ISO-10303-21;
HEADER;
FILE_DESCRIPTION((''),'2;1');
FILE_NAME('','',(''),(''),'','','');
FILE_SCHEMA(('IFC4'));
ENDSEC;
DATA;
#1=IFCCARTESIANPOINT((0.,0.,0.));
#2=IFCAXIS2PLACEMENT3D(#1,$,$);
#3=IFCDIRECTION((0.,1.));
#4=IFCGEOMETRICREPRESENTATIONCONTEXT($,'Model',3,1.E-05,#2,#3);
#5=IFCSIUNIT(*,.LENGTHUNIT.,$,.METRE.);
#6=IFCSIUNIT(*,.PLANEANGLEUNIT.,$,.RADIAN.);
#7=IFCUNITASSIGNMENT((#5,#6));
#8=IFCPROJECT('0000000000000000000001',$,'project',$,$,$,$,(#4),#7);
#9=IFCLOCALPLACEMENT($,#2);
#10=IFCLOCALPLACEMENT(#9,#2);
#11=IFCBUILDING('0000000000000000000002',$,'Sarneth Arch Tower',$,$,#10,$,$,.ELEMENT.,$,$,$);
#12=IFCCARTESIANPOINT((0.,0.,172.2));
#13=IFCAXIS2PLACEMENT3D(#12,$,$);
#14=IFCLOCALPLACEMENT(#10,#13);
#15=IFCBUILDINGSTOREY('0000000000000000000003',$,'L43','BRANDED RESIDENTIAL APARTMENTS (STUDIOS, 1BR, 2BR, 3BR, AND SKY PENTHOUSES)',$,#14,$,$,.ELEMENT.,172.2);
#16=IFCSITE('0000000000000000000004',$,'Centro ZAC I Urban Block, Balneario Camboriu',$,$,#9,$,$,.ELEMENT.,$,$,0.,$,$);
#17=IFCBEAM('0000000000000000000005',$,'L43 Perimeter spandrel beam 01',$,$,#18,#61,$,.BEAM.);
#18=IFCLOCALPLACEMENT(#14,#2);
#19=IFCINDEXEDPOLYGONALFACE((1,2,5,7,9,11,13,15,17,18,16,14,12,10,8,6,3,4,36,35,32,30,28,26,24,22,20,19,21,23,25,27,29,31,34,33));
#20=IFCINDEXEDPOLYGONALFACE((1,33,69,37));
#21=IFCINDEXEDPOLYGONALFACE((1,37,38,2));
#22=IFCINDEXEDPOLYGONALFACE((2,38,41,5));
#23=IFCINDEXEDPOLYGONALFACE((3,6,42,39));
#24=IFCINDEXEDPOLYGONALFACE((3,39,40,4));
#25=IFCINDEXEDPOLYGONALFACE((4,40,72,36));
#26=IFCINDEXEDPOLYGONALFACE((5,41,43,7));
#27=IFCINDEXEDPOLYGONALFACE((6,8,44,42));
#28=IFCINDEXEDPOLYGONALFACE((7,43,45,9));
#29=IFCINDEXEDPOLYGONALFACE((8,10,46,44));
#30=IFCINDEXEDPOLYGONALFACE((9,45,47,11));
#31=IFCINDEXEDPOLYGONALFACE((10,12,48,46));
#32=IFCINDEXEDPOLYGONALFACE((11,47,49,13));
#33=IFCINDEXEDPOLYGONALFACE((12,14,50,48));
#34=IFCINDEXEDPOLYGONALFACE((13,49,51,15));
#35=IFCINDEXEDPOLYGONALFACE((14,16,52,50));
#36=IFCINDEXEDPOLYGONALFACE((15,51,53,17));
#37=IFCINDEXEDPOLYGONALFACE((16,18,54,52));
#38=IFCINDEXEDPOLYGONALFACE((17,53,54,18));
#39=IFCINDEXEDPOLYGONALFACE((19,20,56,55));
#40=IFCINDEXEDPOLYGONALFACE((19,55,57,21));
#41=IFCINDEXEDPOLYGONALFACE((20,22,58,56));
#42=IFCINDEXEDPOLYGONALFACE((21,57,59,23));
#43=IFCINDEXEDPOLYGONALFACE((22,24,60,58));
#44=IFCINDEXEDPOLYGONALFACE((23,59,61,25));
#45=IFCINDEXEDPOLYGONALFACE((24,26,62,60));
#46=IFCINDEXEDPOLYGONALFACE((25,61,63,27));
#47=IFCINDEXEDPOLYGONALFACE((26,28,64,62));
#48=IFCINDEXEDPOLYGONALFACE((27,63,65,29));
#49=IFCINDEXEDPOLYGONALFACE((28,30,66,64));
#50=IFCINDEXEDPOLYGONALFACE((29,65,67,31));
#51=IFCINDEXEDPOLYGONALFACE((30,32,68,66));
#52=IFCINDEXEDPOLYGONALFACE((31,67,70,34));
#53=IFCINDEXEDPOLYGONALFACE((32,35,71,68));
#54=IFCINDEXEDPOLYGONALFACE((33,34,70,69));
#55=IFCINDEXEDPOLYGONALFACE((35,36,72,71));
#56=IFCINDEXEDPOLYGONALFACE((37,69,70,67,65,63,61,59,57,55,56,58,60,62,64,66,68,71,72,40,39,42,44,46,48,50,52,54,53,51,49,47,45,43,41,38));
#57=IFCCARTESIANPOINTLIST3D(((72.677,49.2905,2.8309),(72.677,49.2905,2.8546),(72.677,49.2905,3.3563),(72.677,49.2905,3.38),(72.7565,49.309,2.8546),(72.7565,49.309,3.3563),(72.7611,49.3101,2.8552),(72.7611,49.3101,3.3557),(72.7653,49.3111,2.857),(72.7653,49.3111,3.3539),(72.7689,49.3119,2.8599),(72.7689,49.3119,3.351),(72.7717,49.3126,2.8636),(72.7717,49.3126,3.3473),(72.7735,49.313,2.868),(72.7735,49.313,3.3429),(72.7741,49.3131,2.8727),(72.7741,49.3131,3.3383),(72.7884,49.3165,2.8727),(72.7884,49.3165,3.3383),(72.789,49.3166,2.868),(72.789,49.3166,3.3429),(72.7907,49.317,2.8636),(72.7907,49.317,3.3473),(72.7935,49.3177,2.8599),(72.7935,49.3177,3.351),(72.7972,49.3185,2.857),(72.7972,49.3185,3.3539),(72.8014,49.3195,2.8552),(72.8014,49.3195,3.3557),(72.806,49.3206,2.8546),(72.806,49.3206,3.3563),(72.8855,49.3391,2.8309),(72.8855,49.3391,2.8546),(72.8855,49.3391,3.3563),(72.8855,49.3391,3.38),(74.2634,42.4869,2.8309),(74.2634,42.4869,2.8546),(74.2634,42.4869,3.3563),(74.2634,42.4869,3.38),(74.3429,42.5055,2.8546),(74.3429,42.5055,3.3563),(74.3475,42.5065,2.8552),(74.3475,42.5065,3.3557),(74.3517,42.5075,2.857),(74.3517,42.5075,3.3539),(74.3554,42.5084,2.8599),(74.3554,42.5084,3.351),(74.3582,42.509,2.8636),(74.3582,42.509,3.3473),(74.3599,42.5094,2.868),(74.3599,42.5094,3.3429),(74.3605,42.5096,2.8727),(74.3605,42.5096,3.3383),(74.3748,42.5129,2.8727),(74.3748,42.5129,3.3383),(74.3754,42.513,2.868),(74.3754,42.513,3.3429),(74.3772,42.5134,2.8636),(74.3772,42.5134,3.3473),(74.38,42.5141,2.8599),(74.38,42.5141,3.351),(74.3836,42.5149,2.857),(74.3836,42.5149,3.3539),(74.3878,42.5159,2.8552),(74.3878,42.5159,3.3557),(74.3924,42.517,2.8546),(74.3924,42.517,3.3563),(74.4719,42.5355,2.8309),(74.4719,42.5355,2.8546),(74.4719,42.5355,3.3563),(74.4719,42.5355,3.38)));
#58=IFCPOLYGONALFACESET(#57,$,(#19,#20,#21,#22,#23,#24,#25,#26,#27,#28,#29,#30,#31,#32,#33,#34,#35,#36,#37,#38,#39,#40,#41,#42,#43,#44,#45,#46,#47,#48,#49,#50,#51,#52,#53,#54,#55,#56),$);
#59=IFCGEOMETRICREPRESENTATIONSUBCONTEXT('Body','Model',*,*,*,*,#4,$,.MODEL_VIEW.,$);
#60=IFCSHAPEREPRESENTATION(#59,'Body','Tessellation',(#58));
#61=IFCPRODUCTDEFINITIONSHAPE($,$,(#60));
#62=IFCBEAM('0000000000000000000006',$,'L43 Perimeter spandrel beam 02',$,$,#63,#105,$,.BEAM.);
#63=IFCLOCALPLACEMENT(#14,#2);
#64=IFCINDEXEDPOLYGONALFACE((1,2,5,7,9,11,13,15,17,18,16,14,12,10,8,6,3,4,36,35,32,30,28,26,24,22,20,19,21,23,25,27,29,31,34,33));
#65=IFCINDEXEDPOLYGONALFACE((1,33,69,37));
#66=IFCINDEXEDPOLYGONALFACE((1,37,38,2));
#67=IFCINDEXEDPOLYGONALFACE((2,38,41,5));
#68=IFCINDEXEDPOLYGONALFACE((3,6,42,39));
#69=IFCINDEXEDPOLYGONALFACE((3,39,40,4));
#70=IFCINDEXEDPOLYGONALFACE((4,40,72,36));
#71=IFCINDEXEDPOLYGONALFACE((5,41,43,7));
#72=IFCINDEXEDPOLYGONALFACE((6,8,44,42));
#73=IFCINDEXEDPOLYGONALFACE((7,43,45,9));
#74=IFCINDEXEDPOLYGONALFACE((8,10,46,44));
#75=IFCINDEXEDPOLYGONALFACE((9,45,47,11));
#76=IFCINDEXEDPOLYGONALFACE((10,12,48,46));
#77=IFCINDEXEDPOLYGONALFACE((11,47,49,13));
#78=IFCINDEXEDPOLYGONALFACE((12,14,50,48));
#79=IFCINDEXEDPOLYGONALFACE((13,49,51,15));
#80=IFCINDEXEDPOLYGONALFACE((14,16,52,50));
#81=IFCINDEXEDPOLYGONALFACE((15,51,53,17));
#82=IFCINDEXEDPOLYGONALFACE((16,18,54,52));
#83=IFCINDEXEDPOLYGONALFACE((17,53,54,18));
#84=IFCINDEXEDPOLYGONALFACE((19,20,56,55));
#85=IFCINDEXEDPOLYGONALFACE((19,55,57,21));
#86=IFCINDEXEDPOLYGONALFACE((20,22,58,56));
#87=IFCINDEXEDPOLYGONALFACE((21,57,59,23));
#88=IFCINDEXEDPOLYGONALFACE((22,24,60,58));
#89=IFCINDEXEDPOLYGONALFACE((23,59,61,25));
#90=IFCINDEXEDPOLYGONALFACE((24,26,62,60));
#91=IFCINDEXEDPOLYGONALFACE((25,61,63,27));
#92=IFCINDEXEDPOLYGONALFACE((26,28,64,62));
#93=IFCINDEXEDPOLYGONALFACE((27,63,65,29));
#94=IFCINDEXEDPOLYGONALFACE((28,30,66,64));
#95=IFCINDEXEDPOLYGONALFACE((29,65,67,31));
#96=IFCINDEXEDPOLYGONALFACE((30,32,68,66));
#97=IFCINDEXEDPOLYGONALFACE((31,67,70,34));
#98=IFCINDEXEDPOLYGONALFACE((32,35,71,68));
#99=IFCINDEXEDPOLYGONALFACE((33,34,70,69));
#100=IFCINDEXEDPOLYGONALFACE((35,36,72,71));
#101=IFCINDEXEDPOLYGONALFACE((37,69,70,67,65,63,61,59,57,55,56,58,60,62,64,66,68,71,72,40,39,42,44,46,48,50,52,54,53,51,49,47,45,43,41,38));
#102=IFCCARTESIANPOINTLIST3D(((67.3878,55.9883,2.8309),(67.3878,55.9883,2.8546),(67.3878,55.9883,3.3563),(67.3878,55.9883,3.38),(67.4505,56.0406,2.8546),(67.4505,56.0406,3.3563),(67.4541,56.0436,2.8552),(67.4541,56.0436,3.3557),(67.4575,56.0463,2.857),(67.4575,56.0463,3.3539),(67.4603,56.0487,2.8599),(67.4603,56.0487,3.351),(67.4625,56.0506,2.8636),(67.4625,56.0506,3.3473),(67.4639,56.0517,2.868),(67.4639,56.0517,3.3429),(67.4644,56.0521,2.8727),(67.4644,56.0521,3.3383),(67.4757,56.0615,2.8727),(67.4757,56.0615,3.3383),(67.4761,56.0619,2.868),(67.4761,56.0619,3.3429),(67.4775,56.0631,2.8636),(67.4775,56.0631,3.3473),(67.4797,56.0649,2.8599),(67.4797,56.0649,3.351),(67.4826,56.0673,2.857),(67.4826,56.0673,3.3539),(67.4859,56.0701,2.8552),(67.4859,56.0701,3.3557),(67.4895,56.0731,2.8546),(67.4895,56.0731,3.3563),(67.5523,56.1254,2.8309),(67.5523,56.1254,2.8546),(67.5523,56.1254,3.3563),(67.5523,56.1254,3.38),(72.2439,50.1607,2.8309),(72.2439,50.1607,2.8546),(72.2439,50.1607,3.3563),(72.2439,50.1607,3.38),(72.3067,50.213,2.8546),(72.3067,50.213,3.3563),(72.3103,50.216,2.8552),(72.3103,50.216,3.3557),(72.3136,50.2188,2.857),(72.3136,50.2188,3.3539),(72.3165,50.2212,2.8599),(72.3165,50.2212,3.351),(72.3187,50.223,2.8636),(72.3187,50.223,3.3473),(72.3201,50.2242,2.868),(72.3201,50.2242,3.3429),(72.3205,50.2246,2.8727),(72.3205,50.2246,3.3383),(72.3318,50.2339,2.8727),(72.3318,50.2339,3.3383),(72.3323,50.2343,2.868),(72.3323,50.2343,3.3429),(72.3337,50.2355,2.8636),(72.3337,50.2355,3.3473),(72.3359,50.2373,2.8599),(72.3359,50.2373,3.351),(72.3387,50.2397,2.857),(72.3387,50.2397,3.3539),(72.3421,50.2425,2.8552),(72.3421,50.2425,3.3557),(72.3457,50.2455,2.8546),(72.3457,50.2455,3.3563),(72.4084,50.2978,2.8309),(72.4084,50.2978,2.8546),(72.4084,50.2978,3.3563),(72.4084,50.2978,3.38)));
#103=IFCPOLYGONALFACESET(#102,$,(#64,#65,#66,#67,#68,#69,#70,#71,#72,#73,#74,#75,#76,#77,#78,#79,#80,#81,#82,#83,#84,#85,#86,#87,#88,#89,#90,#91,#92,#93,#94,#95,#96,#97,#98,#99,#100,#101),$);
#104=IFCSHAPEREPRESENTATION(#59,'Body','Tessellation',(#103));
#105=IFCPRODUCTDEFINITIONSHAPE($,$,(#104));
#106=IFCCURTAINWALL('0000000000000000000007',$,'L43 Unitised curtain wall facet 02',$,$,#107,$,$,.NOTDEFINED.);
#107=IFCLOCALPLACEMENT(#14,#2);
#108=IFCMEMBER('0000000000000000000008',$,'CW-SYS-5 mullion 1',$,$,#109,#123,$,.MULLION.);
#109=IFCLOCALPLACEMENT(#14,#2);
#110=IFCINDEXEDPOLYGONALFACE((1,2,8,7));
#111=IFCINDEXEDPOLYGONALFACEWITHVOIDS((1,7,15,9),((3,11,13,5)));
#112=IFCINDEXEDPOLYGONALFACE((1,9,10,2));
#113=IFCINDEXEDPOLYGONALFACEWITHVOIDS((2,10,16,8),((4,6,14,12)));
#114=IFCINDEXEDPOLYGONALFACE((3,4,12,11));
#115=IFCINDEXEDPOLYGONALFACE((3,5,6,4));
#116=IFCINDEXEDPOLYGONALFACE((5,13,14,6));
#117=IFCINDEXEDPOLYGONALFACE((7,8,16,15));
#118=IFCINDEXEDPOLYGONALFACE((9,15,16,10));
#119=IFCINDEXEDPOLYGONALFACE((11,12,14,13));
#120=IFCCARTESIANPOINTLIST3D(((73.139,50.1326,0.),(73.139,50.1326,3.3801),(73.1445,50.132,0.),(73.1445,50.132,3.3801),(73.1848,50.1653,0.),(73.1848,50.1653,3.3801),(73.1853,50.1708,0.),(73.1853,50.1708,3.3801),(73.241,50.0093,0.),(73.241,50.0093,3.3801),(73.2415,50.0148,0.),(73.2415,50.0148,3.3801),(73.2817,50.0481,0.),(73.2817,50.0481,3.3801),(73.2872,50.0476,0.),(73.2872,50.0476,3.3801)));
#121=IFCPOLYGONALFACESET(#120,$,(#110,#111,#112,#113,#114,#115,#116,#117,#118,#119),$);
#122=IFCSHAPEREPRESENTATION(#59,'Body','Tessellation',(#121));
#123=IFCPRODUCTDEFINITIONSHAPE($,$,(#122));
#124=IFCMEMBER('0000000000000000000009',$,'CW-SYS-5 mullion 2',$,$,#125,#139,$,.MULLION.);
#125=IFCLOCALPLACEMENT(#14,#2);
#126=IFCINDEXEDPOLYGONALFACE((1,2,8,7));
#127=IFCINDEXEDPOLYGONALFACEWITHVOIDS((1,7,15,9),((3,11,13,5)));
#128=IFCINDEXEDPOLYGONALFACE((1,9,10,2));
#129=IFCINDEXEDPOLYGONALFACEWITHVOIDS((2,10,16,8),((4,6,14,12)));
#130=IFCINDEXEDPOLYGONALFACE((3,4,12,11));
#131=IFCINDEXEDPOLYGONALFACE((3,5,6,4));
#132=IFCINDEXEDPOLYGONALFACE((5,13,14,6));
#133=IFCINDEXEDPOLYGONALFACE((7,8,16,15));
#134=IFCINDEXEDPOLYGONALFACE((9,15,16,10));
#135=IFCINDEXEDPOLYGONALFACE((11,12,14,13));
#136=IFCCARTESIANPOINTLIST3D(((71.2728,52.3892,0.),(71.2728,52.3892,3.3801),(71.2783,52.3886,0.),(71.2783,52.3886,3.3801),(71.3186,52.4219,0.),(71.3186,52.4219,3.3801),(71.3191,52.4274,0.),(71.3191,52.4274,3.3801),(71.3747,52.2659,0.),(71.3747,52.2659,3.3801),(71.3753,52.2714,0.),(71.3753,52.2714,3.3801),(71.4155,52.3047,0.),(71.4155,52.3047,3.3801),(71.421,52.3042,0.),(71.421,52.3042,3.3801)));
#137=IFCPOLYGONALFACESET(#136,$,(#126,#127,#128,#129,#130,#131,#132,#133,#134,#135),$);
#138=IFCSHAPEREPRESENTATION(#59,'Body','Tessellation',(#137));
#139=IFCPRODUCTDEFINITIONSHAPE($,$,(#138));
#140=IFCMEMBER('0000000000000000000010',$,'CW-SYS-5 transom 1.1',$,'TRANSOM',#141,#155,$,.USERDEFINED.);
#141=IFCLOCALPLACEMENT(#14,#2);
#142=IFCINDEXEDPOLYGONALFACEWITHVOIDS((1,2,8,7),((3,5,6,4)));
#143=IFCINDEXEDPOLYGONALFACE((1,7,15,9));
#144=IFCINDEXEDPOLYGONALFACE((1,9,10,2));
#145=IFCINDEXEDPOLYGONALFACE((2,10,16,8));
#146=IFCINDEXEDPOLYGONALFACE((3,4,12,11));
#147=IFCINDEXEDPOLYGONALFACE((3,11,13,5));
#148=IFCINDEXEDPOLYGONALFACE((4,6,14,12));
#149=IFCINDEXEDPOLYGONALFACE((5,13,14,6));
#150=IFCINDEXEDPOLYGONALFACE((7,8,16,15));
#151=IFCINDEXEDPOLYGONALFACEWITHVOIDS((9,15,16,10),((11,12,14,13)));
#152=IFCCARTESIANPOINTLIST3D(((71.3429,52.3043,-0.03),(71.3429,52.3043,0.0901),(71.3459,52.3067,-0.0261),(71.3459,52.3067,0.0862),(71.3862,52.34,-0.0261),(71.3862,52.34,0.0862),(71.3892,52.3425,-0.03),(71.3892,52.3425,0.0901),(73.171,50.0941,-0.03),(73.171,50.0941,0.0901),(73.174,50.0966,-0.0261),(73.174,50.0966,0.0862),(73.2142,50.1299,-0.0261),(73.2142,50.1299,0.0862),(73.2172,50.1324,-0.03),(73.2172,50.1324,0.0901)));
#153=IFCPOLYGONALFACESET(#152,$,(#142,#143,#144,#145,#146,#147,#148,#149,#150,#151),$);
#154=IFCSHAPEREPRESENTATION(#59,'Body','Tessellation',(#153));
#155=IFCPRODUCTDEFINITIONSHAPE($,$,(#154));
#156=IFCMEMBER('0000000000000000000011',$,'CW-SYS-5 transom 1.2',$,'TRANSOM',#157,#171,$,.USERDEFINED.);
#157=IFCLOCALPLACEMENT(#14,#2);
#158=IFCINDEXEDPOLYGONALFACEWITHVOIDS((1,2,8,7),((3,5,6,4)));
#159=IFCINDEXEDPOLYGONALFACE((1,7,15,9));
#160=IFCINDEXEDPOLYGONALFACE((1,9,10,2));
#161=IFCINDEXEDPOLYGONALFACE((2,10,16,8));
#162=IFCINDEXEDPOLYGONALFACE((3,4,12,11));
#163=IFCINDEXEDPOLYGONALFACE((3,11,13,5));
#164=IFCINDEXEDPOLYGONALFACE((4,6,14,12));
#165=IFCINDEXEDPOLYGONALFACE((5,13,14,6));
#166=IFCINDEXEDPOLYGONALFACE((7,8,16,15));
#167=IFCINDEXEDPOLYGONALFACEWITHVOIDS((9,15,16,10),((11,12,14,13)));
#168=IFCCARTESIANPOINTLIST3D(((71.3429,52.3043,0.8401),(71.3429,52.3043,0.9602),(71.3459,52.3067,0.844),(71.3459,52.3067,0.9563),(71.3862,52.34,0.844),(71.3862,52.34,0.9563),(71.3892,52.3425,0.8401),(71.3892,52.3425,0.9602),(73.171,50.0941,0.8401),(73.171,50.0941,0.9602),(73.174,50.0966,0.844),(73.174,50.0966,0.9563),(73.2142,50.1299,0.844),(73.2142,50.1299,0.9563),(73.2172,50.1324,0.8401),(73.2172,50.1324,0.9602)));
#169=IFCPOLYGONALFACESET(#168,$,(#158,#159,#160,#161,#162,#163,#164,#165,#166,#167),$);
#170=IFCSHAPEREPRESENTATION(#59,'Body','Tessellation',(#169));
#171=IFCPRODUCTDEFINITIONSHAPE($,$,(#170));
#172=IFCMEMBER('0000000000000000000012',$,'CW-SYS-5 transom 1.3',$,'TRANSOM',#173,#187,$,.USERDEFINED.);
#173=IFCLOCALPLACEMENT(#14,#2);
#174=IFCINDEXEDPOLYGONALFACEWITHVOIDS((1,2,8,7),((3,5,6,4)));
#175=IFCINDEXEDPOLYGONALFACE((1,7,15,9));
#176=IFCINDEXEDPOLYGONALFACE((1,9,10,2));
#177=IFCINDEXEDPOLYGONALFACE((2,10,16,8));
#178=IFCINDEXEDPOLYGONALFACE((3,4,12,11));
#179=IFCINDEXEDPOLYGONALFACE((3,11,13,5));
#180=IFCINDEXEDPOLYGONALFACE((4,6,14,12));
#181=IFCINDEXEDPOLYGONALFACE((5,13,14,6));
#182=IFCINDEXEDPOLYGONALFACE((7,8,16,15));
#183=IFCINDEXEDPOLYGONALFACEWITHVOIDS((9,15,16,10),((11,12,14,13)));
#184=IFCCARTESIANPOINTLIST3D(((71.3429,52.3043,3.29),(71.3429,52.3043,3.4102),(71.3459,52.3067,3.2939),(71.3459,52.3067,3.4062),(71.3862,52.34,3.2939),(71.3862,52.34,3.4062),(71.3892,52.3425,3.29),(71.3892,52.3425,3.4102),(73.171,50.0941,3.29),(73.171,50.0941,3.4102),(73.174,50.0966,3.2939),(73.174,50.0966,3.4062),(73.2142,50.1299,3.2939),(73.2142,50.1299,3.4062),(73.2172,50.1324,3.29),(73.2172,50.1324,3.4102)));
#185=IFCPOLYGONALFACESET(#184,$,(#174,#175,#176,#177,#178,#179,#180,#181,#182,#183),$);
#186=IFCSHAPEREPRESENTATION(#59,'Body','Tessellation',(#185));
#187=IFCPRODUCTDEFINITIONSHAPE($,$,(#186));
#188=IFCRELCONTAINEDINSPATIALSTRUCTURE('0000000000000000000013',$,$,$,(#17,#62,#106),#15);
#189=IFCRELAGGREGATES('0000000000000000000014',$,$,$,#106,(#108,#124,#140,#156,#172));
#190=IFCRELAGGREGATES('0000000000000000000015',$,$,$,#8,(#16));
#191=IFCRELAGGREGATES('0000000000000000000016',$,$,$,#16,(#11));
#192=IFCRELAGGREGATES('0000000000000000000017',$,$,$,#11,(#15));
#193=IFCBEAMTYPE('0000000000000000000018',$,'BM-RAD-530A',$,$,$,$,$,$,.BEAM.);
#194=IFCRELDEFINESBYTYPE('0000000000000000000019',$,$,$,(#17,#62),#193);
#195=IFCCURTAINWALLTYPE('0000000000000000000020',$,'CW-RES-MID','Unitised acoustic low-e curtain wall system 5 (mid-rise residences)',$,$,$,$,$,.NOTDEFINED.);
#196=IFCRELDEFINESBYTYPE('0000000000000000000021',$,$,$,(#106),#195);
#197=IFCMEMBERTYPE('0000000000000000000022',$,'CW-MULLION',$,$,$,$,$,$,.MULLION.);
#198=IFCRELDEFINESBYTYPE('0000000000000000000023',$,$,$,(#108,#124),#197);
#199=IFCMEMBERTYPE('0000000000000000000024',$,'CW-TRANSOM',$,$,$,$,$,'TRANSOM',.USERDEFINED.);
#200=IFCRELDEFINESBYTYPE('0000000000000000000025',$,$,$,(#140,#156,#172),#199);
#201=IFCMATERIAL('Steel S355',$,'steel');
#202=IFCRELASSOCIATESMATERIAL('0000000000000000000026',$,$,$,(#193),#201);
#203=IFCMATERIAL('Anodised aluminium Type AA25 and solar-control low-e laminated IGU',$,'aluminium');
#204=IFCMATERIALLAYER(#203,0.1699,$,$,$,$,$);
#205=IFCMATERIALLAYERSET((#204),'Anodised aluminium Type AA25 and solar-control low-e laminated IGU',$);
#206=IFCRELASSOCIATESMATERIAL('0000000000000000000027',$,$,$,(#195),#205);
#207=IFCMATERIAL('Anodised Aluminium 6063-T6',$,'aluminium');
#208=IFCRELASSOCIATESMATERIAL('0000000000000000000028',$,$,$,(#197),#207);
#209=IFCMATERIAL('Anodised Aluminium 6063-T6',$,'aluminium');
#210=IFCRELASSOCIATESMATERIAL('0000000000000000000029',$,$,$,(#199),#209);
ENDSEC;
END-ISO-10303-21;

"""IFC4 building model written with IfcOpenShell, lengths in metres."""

from ifc_helpers import new_model, si_unit, direction, frame, origin, origin_2d, place, context, subcontext, project, spatial, hollow_rectangle, i_section, extrude, material, layer, layer_set, material_profile, profile_set, type_object, element, aggregate, save


model = new_model("IFC4")

# Units and contexts
model_context = context("Model", 3, precision=1e-05, world=origin(), true_north=direction((0.0, 1.0)))
body_context = subcontext(model_context, "Body", "Model", "MODEL_VIEW")
ifc_project = project(units=[si_unit("LENGTHUNIT", "METRE"), si_unit("PLANEANGLEUNIT", "RADIAN")], contexts=[model_context])

# Site, building, storey
site_placement = place(None, origin())
site = spatial("IfcSite", under=ifc_project, at=site_placement, Name="Centro ZAC I Urban Block, Balneario Camboriu", CompositionType="ELEMENT", RefElevation=0.0)
building_placement = place(site_placement, origin())
building = spatial("IfcBuilding", under=site, at=building_placement, Name="Sarneth Arch Tower", CompositionType="ELEMENT")
storey_placement = place(building_placement, frame((0.0, 0.0, 172.2)))
storey = spatial("IfcBuildingStorey", under=building, at=storey_placement, Name="L43", Description="BRANDED RESIDENTIAL APARTMENTS (STUDIOS, 1BR, 2BR, 3BR, AND SKY PENTHOUSES)", CompositionType="ELEMENT", Elevation=172.2)

# Beams
ifc_material_1 = material(Name="Steel S355", Category="steel")
ifc_material_profile_1 = material_profile(ifc_material_1, i_section(OverallWidth=0.2141, OverallDepth=0.5491, WebThickness=0.0146, FlangeThickness=0.0237, FilletRadius=0.0181, at=origin_2d()), Name="W530x138")
ifc_profile_set_1 = profile_set([ifc_material_profile_1], Name="Steel S355")
beam_type = type_object("IfcBeamType", Name="BM-RAD-530A", PredefinedType="BEAM", material=ifc_profile_set_1)
beam_1_placement = place(storey_placement, frame((74.3677, 42.5112, 3.1055), z_axis=(-0.227087, 0.973874, 0.0), x_axis=(-0.973874, -0.227087, 0.0)))
element("IfcBeam", 1, at=beam_1_placement, inside=storey, type_object=beam_type, Name="L43 Perimeter spandrel beam 01", PredefinedType="BEAM", context=body_context, shape_type="SweptSolid", body=[
    extrude(i_section(OverallWidth=0.2141, OverallDepth=0.5491, WebThickness=0.0146, FlangeThickness=0.0237, FilletRadius=0.0181, at=origin_2d()), origin(), (0.0, 0.0, 1.0), 6.9861),
])
beam_2_placement = place(storey_placement, frame((72.3262, 50.2292, 3.1055), z_axis=(-0.640172, 0.768232, 0.0), x_axis=(-0.768232, -0.640172, 0.0)))
element("IfcBeam", 2, at=beam_2_placement, inside=storey, type_object=beam_type, Name="L43 Perimeter spandrel beam 02", PredefinedType="BEAM", context=body_context, shape_type="SweptSolid", body=[
    extrude(i_section(OverallWidth=0.2141, OverallDepth=0.5491, WebThickness=0.0146, FlangeThickness=0.0237, FilletRadius=0.0181, at=origin_2d()), origin(), (0.0, 0.0, 1.0), 7.5857),
])

# Curtain wall, members
ifc_material_2 = material(Name="Anodised aluminium Type AA25 and solar-control low-e laminated IGU", Category="aluminium")
ifc_layer_1 = layer(ifc_material_2, 0.1699)
ifc_layer_set_1 = layer_set([ifc_layer_1], Name="Anodised aluminium Type AA25 and solar-control low-e laminated IGU")
curtain_wall_type = type_object("IfcCurtainWallType", Name="CW-RES-MID", Description="Unitised acoustic low-e curtain wall system 5 (mid-rise residences)", PredefinedType="NOTDEFINED", material=ifc_layer_set_1)
curtain_wall_placement = place(storey_placement, origin())
curtain_wall = element("IfcCurtainWall", 3, at=curtain_wall_placement, inside=storey, type_object=curtain_wall_type, Name="L43 Unitised curtain wall facet 02", PredefinedType="NOTDEFINED")
ifc_material_3 = material(Name="Anodised Aluminium 6063-T6", Category="aluminium")
ifc_material_profile_2 = material_profile(ifc_material_3, hollow_rectangle(XDim=0.0601, YDim=0.1599, WallThickness=0.0039, at=origin_2d()), Name="AL-MULL-160x60x4")
ifc_profile_set_2 = profile_set([ifc_material_profile_2], Name="Anodised Aluminium 6063-T6")
member_type_1 = type_object("IfcMemberType", Name="CW-MULLION", PredefinedType="MULLION", material=ifc_profile_set_2)
member_1_placement = place(storey_placement, frame((73.2131, 50.0901, 0.0), z_axis=(0.0, 0.0, 1.0), x_axis=(-0.770591, -0.63733, 0.0)))
member_1 = element("IfcMember", 4, at=member_1_placement, type_object=member_type_1, Name="CW-SYS-5 mullion 1", PredefinedType="MULLION", context=body_context, shape_type="SweptSolid", body=[
    extrude(hollow_rectangle(XDim=0.0601, YDim=0.1599, WallThickness=0.0039, at=origin_2d()), origin(), (0.0, 0.0, 1.0), 3.3801),
])
member_2_placement = place(storey_placement, frame((71.3469, 52.3467, 0.0), z_axis=(0.0, 0.0, 1.0), x_axis=(-0.770591, -0.63733, 0.0)))
member_2 = element("IfcMember", 5, at=member_2_placement, type_object=member_type_1, Name="CW-SYS-5 mullion 2", PredefinedType="MULLION", context=body_context, shape_type="SweptSolid", body=[
    extrude(hollow_rectangle(XDim=0.0601, YDim=0.1599, WallThickness=0.0039, at=origin_2d()), origin(), (0.0, 0.0, 1.0), 3.3801),
])
ifc_material_4 = material(Name="Anodised Aluminium 6063-T6", Category="aluminium")
ifc_material_profile_3 = material_profile(ifc_material_4, hollow_rectangle(XDim=0.0601, YDim=0.1201, WallThickness=0.0039, at=origin_2d()), Name="AL-TRAN-120x60x4")
ifc_profile_set_3 = profile_set([ifc_material_profile_3], Name="Anodised Aluminium 6063-T6")
member_type_2 = type_object("IfcMemberType", Name="CW-TRANSOM", ElementType="TRANSOM", PredefinedType="USERDEFINED", material=ifc_profile_set_3)
member_3_placement = place(storey_placement, frame((73.1941, 50.1133, 0.03), z_axis=(-0.637359, 0.770567, 0.0), x_axis=(-0.770567, -0.637359, 0.0)))
member_3 = element("IfcMember", 6, at=member_3_placement, type_object=member_type_2, Name="CW-SYS-5 transom 1.1", ObjectType="TRANSOM", PredefinedType="USERDEFINED", context=body_context, shape_type="SweptSolid", body=[
    extrude(hollow_rectangle(XDim=0.0601, YDim=0.1201, WallThickness=0.0039, at=origin_2d()), origin(), (0.0, 0.0, 1.0), 2.8682),
])
member_4_placement = place(storey_placement, frame((73.1941, 50.1133, 0.9001), z_axis=(-0.637359, 0.770567, 0.0), x_axis=(-0.770567, -0.637359, 0.0)))
member_4 = element("IfcMember", 7, at=member_4_placement, type_object=member_type_2, Name="CW-SYS-5 transom 1.2", ObjectType="TRANSOM", PredefinedType="USERDEFINED", context=body_context, shape_type="SweptSolid", body=[
    extrude(hollow_rectangle(XDim=0.0601, YDim=0.1201, WallThickness=0.0039, at=origin_2d()), origin(), (0.0, 0.0, 1.0), 2.8682),
])
member_5_placement = place(storey_placement, frame((73.1941, 50.1133, 3.3501), z_axis=(-0.637359, 0.770567, 0.0), x_axis=(-0.770567, -0.637359, 0.0)))
member_5 = element("IfcMember", 8, at=member_5_placement, type_object=member_type_2, Name="CW-SYS-5 transom 1.3", ObjectType="TRANSOM", PredefinedType="USERDEFINED", context=body_context, shape_type="SweptSolid", body=[
    extrude(hollow_rectangle(XDim=0.0601, YDim=0.1201, WallThickness=0.0039, at=origin_2d()), origin(), (0.0, 0.0, 1.0), 2.8682),
])

aggregate(curtain_wall, [member_1, member_2, member_3, member_4, member_5])

save(model, "model.ifc")
